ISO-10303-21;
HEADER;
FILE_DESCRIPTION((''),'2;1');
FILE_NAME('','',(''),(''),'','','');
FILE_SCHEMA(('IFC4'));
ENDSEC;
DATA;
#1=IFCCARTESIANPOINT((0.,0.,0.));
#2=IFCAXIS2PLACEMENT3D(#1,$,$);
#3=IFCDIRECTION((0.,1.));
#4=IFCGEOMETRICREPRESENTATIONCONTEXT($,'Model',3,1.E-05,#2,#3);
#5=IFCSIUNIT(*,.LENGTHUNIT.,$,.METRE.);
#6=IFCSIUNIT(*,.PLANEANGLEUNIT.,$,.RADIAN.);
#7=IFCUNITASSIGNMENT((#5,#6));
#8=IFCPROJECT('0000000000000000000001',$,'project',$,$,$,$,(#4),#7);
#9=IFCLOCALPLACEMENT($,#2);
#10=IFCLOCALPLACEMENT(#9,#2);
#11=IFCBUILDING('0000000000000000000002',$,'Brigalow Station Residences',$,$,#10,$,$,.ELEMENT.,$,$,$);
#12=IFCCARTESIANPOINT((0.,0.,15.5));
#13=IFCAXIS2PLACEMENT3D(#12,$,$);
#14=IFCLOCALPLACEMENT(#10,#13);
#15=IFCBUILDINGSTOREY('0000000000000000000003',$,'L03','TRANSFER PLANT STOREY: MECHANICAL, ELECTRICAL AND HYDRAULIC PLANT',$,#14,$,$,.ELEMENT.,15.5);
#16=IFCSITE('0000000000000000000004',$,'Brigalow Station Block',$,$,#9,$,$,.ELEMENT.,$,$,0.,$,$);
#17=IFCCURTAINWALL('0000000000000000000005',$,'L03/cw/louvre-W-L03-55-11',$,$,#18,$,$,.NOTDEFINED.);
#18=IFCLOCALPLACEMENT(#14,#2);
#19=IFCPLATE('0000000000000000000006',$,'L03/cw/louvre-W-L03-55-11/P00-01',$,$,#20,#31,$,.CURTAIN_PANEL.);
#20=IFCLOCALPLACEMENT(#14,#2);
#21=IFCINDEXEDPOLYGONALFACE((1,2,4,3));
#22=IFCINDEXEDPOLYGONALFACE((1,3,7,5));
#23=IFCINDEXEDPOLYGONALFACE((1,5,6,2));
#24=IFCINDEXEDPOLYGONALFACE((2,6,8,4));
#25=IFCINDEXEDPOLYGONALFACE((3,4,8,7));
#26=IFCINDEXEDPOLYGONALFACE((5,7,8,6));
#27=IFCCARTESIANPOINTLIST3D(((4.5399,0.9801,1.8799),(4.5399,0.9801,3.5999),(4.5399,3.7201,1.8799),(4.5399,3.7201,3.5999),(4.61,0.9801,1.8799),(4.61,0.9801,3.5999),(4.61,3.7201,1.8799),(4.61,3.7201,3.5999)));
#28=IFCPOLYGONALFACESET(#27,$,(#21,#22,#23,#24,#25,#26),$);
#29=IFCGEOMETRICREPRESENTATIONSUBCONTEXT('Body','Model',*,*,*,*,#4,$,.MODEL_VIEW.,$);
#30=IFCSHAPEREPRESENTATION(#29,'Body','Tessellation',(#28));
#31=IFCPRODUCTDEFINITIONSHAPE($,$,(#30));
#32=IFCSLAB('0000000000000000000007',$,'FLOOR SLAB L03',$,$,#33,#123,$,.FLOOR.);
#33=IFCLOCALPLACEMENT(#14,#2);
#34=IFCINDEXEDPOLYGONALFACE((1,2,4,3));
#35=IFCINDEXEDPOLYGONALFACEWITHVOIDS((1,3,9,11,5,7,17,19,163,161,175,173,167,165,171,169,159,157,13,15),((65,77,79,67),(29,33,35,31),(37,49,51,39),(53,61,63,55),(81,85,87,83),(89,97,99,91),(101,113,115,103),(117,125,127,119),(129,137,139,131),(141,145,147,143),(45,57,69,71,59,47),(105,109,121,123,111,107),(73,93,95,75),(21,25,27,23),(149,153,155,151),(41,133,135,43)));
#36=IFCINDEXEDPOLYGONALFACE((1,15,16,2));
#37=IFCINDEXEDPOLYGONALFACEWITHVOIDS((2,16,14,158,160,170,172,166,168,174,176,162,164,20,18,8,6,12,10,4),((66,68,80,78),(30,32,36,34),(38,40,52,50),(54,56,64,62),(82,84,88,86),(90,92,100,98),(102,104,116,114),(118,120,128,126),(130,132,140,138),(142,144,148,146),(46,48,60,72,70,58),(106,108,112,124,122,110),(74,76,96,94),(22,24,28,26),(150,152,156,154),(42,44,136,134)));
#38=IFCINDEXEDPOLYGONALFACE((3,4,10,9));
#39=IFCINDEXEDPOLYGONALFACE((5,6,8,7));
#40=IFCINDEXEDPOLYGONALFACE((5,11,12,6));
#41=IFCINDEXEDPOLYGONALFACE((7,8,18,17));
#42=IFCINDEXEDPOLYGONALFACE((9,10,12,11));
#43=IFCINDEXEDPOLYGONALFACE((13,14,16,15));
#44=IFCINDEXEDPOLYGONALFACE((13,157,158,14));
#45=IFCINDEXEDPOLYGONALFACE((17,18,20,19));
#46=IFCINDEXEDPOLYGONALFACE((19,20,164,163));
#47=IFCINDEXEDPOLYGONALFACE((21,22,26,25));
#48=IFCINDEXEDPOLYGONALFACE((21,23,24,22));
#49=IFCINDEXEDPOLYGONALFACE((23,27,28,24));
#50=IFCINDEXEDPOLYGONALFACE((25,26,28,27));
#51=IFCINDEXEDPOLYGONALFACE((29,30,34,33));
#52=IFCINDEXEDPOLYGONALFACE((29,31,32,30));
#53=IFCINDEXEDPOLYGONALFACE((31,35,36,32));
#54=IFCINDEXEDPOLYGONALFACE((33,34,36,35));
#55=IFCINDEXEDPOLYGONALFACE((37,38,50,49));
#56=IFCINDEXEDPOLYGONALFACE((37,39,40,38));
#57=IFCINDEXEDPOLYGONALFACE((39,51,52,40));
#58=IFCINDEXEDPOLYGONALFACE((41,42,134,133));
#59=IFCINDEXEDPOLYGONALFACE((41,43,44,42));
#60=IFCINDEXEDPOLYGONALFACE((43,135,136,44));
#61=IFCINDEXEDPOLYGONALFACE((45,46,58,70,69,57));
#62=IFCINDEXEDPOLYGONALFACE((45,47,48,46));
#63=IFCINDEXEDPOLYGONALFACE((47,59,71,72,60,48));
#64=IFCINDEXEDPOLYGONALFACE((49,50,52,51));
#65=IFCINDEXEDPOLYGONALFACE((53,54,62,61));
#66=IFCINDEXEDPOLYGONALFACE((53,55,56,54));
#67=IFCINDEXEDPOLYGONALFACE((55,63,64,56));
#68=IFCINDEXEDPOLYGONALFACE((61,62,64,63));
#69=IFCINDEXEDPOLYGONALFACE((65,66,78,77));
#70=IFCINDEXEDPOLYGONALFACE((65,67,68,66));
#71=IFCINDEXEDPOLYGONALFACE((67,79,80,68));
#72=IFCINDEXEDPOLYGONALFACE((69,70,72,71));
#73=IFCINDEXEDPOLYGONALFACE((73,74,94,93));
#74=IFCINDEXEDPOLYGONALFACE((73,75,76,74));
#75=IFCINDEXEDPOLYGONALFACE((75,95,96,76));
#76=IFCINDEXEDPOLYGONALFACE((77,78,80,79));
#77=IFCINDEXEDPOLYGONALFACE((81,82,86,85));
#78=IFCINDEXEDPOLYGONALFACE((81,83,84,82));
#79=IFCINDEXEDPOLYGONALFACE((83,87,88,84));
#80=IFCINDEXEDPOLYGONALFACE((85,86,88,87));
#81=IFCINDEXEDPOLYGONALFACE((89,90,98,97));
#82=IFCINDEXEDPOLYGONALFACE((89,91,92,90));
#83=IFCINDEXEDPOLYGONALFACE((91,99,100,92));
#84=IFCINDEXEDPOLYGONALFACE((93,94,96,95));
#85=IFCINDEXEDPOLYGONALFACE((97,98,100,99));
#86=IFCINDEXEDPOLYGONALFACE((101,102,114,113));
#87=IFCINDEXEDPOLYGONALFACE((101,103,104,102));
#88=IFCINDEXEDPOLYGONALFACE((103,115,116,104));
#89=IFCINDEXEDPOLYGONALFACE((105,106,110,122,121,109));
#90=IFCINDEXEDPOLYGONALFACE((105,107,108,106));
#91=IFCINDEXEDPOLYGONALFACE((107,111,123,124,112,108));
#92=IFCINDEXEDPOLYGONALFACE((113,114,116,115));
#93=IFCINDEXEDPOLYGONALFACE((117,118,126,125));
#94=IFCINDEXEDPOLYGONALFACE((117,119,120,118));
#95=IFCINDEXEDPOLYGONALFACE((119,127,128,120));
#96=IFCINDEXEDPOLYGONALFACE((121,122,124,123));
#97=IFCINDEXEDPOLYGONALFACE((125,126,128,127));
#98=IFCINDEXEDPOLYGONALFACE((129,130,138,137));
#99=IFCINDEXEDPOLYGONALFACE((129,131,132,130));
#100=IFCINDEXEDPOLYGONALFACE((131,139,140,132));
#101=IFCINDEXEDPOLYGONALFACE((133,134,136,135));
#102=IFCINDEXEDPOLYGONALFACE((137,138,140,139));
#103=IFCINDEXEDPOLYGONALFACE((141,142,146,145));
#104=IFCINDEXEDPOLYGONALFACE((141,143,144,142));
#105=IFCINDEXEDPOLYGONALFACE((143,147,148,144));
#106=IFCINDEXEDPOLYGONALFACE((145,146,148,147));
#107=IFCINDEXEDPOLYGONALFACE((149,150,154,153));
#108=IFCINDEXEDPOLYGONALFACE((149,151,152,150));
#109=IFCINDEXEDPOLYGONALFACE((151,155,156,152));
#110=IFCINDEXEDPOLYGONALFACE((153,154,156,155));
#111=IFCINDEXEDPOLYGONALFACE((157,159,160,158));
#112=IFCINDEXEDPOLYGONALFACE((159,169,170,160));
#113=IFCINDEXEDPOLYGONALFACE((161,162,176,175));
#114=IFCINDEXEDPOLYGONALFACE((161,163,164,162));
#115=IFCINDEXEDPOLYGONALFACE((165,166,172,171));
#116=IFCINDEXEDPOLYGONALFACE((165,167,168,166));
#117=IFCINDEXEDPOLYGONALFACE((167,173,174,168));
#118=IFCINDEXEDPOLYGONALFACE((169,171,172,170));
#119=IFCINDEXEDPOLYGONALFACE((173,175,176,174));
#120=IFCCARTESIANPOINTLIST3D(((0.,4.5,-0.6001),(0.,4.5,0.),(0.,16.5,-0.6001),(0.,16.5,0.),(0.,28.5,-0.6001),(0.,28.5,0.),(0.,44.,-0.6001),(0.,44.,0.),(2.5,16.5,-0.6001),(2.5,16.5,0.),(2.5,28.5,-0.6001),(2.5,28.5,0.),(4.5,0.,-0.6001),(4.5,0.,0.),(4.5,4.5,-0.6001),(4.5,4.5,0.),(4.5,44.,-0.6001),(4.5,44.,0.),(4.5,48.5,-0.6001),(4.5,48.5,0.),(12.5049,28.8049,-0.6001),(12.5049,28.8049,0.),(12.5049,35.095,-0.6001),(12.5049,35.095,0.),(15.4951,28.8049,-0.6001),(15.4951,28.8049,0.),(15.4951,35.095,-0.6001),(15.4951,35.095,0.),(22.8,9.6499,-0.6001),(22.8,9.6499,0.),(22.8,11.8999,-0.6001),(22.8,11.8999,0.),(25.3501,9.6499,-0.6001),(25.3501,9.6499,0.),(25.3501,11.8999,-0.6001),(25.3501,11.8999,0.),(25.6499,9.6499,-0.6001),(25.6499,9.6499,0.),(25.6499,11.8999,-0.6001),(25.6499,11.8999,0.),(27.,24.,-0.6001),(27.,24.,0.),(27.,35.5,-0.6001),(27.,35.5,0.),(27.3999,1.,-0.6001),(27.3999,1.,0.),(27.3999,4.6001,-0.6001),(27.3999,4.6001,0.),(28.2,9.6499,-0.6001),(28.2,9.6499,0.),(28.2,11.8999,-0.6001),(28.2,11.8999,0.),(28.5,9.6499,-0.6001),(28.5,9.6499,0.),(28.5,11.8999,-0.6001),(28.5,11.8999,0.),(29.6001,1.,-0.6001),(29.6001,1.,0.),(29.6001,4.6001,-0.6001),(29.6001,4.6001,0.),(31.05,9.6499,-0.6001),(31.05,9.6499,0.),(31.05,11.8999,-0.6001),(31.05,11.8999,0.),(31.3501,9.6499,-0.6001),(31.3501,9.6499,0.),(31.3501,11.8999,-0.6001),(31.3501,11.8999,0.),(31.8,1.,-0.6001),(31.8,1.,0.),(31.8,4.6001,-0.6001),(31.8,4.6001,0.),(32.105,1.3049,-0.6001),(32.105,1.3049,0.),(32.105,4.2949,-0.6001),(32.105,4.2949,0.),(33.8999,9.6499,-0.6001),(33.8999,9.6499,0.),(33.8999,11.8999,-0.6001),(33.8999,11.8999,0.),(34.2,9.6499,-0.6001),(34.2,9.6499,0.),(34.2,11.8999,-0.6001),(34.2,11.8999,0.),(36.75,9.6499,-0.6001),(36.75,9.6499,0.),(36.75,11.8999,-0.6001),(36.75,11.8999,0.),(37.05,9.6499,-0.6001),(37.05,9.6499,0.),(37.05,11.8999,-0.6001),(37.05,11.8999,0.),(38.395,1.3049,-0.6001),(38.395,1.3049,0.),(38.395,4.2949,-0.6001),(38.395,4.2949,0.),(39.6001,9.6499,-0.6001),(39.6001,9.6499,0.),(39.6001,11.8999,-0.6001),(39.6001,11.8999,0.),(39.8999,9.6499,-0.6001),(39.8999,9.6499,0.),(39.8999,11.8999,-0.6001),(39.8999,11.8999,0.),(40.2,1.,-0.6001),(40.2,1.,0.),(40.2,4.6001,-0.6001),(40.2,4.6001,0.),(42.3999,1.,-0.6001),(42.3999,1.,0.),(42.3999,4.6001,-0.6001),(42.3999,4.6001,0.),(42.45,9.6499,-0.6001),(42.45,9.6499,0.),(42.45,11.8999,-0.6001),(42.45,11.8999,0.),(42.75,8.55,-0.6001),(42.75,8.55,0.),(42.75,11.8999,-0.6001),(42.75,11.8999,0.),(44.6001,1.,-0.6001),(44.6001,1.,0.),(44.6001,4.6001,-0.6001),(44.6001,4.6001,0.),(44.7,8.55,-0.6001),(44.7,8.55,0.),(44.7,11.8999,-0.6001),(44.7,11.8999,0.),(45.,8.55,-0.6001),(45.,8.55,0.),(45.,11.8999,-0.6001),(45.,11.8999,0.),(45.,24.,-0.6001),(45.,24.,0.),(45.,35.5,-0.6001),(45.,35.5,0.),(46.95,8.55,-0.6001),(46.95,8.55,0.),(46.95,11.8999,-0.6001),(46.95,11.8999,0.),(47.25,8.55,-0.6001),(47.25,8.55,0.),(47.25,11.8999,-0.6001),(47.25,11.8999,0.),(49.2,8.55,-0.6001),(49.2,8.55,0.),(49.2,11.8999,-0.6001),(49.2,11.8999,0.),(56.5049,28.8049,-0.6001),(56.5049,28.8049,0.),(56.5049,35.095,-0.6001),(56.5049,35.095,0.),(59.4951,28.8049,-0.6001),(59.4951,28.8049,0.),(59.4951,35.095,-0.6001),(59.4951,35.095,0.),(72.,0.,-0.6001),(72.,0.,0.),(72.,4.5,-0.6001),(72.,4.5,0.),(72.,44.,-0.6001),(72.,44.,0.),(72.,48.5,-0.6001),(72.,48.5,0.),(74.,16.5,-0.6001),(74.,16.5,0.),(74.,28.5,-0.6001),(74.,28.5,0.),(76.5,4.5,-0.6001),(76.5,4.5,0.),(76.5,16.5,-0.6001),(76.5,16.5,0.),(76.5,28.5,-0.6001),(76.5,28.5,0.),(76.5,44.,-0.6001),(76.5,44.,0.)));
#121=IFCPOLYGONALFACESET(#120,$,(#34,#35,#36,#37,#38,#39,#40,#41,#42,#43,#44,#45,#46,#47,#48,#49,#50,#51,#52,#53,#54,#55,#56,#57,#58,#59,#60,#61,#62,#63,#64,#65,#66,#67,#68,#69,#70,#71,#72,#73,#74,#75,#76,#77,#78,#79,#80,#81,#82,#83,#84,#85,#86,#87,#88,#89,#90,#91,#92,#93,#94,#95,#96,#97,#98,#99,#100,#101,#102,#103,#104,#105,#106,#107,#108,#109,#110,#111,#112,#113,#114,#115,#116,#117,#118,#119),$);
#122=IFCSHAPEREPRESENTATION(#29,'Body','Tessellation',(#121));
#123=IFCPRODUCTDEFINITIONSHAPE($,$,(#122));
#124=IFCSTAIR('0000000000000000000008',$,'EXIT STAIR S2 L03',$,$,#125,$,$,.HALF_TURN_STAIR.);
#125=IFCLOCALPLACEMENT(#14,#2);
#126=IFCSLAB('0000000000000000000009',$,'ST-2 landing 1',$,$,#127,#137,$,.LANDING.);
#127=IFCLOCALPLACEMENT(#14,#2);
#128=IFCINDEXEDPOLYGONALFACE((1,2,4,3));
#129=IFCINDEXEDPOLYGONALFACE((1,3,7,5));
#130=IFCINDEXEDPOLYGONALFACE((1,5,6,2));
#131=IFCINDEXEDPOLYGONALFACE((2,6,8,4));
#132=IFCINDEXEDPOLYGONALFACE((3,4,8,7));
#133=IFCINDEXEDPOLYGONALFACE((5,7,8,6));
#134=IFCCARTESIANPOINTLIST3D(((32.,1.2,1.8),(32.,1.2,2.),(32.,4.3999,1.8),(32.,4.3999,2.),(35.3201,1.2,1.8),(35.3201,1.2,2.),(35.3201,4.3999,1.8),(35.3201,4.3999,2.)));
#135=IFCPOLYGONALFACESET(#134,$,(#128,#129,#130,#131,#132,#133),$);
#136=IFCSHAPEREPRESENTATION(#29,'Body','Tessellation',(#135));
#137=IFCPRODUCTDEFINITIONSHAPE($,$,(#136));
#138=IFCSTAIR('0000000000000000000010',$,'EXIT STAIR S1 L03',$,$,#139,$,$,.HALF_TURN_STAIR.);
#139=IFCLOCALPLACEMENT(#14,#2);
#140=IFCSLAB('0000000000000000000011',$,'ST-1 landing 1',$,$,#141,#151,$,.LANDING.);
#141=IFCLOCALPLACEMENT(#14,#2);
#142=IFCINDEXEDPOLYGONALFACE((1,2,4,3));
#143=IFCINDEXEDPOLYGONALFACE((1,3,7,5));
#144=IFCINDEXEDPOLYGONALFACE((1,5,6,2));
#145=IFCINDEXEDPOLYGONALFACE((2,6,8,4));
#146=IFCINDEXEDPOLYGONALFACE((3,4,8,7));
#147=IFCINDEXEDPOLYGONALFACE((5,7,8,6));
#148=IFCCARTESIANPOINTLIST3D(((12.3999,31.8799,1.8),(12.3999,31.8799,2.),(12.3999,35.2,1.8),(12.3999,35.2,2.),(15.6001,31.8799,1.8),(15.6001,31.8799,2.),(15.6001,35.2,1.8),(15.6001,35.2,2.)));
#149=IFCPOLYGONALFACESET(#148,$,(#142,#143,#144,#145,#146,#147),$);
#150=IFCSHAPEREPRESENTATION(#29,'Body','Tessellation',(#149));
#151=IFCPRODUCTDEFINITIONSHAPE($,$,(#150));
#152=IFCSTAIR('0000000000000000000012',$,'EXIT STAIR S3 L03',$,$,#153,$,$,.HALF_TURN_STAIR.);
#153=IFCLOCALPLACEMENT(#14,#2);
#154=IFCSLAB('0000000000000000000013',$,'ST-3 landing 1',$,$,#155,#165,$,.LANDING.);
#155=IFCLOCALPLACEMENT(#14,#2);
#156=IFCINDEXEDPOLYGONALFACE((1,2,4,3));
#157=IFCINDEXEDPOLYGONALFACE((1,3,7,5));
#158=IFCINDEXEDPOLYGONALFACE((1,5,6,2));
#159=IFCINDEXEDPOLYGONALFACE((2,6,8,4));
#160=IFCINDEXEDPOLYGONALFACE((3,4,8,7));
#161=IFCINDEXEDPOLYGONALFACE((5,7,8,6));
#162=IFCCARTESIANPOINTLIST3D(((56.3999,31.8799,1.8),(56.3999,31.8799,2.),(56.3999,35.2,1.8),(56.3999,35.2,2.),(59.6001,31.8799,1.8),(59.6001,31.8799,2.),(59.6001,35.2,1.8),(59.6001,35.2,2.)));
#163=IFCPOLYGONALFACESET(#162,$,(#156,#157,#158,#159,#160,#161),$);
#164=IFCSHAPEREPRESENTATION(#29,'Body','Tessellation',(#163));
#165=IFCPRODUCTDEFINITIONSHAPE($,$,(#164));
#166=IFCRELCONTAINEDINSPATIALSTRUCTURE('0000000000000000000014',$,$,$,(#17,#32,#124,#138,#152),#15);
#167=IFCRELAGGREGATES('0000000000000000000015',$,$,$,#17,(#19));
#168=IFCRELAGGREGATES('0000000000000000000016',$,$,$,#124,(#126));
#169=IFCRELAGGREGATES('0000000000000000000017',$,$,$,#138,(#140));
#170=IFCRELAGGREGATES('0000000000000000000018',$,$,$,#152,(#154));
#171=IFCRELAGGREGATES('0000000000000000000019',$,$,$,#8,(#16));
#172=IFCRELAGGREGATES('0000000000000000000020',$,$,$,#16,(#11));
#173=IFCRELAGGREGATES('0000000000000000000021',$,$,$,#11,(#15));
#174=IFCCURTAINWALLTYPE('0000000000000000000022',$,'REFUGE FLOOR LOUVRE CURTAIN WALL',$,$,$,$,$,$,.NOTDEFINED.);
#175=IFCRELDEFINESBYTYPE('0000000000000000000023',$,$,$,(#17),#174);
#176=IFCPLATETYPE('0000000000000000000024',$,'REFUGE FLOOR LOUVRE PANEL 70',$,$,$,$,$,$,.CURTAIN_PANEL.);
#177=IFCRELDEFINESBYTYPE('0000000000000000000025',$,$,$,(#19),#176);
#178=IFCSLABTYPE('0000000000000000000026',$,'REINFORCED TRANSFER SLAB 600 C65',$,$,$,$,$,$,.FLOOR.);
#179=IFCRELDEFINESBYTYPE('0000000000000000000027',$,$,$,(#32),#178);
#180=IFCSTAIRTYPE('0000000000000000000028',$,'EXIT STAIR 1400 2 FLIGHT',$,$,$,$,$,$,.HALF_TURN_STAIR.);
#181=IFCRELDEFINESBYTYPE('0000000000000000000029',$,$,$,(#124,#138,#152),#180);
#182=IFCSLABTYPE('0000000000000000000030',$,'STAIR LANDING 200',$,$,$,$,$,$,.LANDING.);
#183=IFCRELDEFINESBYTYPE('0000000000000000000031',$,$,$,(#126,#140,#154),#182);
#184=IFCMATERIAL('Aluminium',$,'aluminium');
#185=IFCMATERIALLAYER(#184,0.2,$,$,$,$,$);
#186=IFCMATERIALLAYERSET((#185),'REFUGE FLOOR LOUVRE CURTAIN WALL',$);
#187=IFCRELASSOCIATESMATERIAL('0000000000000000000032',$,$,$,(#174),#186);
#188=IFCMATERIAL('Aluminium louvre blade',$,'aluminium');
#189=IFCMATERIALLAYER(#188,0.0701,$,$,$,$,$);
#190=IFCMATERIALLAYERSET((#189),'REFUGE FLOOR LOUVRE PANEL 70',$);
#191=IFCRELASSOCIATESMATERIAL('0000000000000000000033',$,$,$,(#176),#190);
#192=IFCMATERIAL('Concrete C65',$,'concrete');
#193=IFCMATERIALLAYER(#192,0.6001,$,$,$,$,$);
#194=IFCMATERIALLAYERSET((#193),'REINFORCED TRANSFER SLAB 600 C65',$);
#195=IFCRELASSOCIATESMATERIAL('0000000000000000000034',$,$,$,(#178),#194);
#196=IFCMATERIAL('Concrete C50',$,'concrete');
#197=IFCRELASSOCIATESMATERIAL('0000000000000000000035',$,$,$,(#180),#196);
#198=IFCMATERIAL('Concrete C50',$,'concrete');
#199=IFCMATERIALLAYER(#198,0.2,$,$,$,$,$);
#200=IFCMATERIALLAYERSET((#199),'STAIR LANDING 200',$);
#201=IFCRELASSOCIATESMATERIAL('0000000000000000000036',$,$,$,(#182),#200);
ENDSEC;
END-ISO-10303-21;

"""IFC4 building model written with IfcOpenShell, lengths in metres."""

from ifc_helpers import new_model, si_unit, direction, frame, origin, origin_2d, place, context, subcontext, project, spatial, polyline, rectangle, outline, extrude, material, layer, layer_set, type_object, element, aggregate, save


model = new_model("IFC4")

# Units and contexts
model_context = context("Model", 3, precision=1e-05, world=origin(), true_north=direction((0.0, 1.0)))
body_context = subcontext(model_context, "Body", "Model", "MODEL_VIEW")
ifc_project = project(units=[si_unit("LENGTHUNIT", "METRE"), si_unit("PLANEANGLEUNIT", "RADIAN")], contexts=[model_context])

# Site, building, storey
site_placement = place(None, origin())
site = spatial("IfcSite", under=ifc_project, at=site_placement, Name="Brigalow Station Block", CompositionType="ELEMENT", RefElevation=0.0)
building_placement = place(site_placement, origin())
building = spatial("IfcBuilding", under=site, at=building_placement, Name="Brigalow Station Residences", CompositionType="ELEMENT")
storey_placement = place(building_placement, frame((0.0, 0.0, 15.5)))
storey = spatial("IfcBuildingStorey", under=building, at=storey_placement, Name="L03", Description="TRANSFER PLANT STOREY: MECHANICAL, ELECTRICAL AND HYDRAULIC PLANT", CompositionType="ELEMENT", Elevation=15.5)

# Shared definitions
ifc_material_1 = material(Name="Aluminium", Category="aluminium")
ifc_layer_1 = layer(ifc_material_1, 0.2)
ifc_layer_set_1 = layer_set([ifc_layer_1], Name="REFUGE FLOOR LOUVRE CURTAIN WALL")
curtain_wall_type = type_object("IfcCurtainWallType", Name="REFUGE FLOOR LOUVRE CURTAIN WALL", PredefinedType="NOTDEFINED", material=ifc_layer_set_1)

# Curtain wall
curtain_wall_1_placement = place(storey_placement, origin())
curtain_wall_1 = element("IfcCurtainWall", 1, at=curtain_wall_1_placement, inside=storey, type_object=curtain_wall_type, Name="L03/cw/louvre-W-L03-55-11", PredefinedType="NOTDEFINED")

# Plate
ifc_material_2 = material(Name="Aluminium louvre blade", Category="aluminium")
ifc_layer_2 = layer(ifc_material_2, 0.0701)
ifc_layer_set_2 = layer_set([ifc_layer_2], Name="REFUGE FLOOR LOUVRE PANEL 70")
plate_type = type_object("IfcPlateType", Name="REFUGE FLOOR LOUVRE PANEL 70", PredefinedType="CURTAIN_PANEL", material=ifc_layer_set_2)
plate_1_placement = place(storey_placement, frame((4.575, 2.3501, 1.8799), z_axis=(0.0, 0.0, 1.0), x_axis=(0.0, -1.0, 0.0)))
plate_1 = element("IfcPlate", 2, at=plate_1_placement, type_object=plate_type, Name="L03/cw/louvre-W-L03-55-11/P00-01", PredefinedType="CURTAIN_PANEL", context=body_context, shape_type="SweptSolid", body=[
    extrude(rectangle(XDim=2.74, YDim=0.0701, at=origin_2d()), origin(), (0.0, 0.0, 1.0), 1.72),
])
aggregate(curtain_wall_1, [plate_1])

# Slab
ifc_material_3 = material(Name="Concrete C65", Category="concrete")
ifc_layer_3 = layer(ifc_material_3, 0.6001)
ifc_layer_set_3 = layer_set([ifc_layer_3], Name="REINFORCED TRANSFER SLAB 600 C65")
slab_type_1 = type_object("IfcSlabType", Name="REINFORCED TRANSFER SLAB 600 C65", PredefinedType="FLOOR", material=ifc_layer_set_3)
slab_1_placement = place(storey_placement, frame((0.0, 0.0, -0.6001)))
element("IfcSlab", 3, at=slab_1_placement, inside=storey, type_object=slab_type_1, Name="FLOOR SLAB L03", PredefinedType="FLOOR", context=body_context, shape_type="SweptSolid", body=[
    extrude(outline(polyline([(4.5, 0.0), (72.0, 0.0), (72.0, 4.5), (76.5, 4.5), (76.5, 16.5), (74.0, 16.5), (74.0, 28.5), (76.5, 28.5), (76.5, 44.0), (72.0, 44.0), (72.0, 48.5), (4.5, 48.5), (4.5, 44.0), (0.0, 44.0), (0.0, 28.5), (2.5, 28.5), (2.5, 16.5), (0.0, 16.5), (0.0, 4.5), (4.5, 4.5), (4.5, 0.0)]), holes=[polyline([(15.4951, 35.095), (15.4951, 28.8049), (12.5049, 28.8049), (12.5049, 35.095), (15.4951, 35.095)]), polyline([(22.8, 11.8999), (25.3501, 11.8999), (25.3501, 9.6499), (22.8, 9.6499), (22.8, 11.8999)]), polyline([(25.6499, 11.8999), (28.2, 11.8999), (28.2, 9.6499), (25.6499, 9.6499), (25.6499, 11.8999)]), polyline([(28.5, 11.8999), (31.05, 11.8999), (31.05, 9.6499), (28.5, 9.6499), (28.5, 11.8999)]), polyline([(29.6001, 1.0), (27.3999, 1.0), (27.3999, 4.6001), (29.6001, 4.6001), (31.8, 4.6001), (31.8, 1.0), (29.6001, 1.0)]), polyline([(31.3501, 11.8999), (33.8999, 11.8999), (33.8999, 9.6499), (31.3501, 9.6499), (31.3501, 11.8999)]), polyline([(32.105, 4.2949), (38.395, 4.2949), (38.395, 1.3049), (32.105, 1.3049), (32.105, 4.2949)]), polyline([(36.75, 11.8999), (36.75, 9.6499), (34.2, 9.6499), (34.2, 11.8999), (36.75, 11.8999)]), polyline([(37.05, 11.8999), (39.6001, 11.8999), (39.6001, 9.6499), (37.05, 9.6499), (37.05, 11.8999)]), polyline([(39.8999, 11.8999), (42.45, 11.8999), (42.45, 9.6499), (39.8999, 9.6499), (39.8999, 11.8999)]), polyline([(42.3999, 1.0), (40.2, 1.0), (40.2, 4.6001), (42.3999, 4.6001), (44.6001, 4.6001), (44.6001, 1.0), (42.3999, 1.0)]), polyline([(42.75, 11.8999), (44.7, 11.8999), (44.7, 8.55), (42.75, 8.55), (42.75, 11.8999)]), polyline([(45.0, 11.8999), (46.95, 11.8999), (46.95, 8.55), (45.0, 8.55), (45.0, 11.8999)]), polyline([(45.0, 35.5), (45.0, 24.0), (27.0, 24.0), (27.0, 35.5), (45.0, 35.5)]), polyline([(47.25, 11.8999), (49.2, 11.8999), (49.2, 8.55), (47.25, 8.55), (47.25, 11.8999)]), polyline([(59.4951, 35.095), (59.4951, 28.8049), (56.5049, 28.8049), (56.5049, 35.095), (59.4951, 35.095)])]), origin(), (0.0, 0.0, 1.0), 0.6001),
])

# Stairs, slabs
ifc_material_4 = material(Name="Concrete C50", Category="concrete")
stair_type = type_object("IfcStairType", Name="EXIT STAIR 1400 2 FLIGHT", PredefinedType="HALF_TURN_STAIR", material=ifc_material_4)
stair_1_placement = place(storey_placement, origin())
stair_1 = element("IfcStair", 4, at=stair_1_placement, inside=storey, type_object=stair_type, Name="EXIT STAIR S2 L03", PredefinedType="HALF_TURN_STAIR")
ifc_material_5 = material(Name="Concrete C50", Category="concrete")
ifc_layer_4 = layer(ifc_material_5, 0.2)
ifc_layer_set_4 = layer_set([ifc_layer_4], Name="STAIR LANDING 200")
slab_type_2 = type_object("IfcSlabType", Name="STAIR LANDING 200", PredefinedType="LANDING", material=ifc_layer_set_4)
slab_2_placement = place(storey_placement, frame((0.0, 0.0, 1.8)))
slab_2 = element("IfcSlab", 5, at=slab_2_placement, type_object=slab_type_2, Name="ST-2 landing 1", PredefinedType="LANDING", context=body_context, shape_type="SweptSolid", body=[
    extrude(outline(polyline([(32.0, 1.2), (35.3201, 1.2), (35.3201, 4.3999), (32.0, 4.3999), (32.0, 1.2)])), origin(), (0.0, 0.0, 1.0), 0.2),
])
aggregate(stair_1, [slab_2])
stair_2_placement = place(storey_placement, origin())
stair_2 = element("IfcStair", 6, at=stair_2_placement, inside=storey, type_object=stair_type, Name="EXIT STAIR S1 L03", PredefinedType="HALF_TURN_STAIR")
slab_3_placement = place(storey_placement, frame((0.0, 0.0, 1.8)))
slab_3 = element("IfcSlab", 7, at=slab_3_placement, type_object=slab_type_2, Name="ST-1 landing 1", PredefinedType="LANDING", context=body_context, shape_type="SweptSolid", body=[
    extrude(outline(polyline([(12.3999, 31.8799), (15.6001, 31.8799), (15.6001, 35.2), (12.3999, 35.2), (12.3999, 31.8799)])), origin(), (0.0, 0.0, 1.0), 0.2),
])
aggregate(stair_2, [slab_3])
stair_3_placement = place(storey_placement, origin())
stair_3 = element("IfcStair", 8, at=stair_3_placement, inside=storey, type_object=stair_type, Name="EXIT STAIR S3 L03", PredefinedType="HALF_TURN_STAIR")
slab_4_placement = place(storey_placement, frame((0.0, 0.0, 1.8)))
slab_4 = element("IfcSlab", 9, at=slab_4_placement, type_object=slab_type_2, Name="ST-3 landing 1", PredefinedType="LANDING", context=body_context, shape_type="SweptSolid", body=[
    extrude(outline(polyline([(56.3999, 31.8799), (59.6001, 31.8799), (59.6001, 35.2), (56.3999, 35.2), (56.3999, 31.8799)])), origin(), (0.0, 0.0, 1.0), 0.2),
])
aggregate(stair_3, [slab_4])

save(model, "model.ifc")
